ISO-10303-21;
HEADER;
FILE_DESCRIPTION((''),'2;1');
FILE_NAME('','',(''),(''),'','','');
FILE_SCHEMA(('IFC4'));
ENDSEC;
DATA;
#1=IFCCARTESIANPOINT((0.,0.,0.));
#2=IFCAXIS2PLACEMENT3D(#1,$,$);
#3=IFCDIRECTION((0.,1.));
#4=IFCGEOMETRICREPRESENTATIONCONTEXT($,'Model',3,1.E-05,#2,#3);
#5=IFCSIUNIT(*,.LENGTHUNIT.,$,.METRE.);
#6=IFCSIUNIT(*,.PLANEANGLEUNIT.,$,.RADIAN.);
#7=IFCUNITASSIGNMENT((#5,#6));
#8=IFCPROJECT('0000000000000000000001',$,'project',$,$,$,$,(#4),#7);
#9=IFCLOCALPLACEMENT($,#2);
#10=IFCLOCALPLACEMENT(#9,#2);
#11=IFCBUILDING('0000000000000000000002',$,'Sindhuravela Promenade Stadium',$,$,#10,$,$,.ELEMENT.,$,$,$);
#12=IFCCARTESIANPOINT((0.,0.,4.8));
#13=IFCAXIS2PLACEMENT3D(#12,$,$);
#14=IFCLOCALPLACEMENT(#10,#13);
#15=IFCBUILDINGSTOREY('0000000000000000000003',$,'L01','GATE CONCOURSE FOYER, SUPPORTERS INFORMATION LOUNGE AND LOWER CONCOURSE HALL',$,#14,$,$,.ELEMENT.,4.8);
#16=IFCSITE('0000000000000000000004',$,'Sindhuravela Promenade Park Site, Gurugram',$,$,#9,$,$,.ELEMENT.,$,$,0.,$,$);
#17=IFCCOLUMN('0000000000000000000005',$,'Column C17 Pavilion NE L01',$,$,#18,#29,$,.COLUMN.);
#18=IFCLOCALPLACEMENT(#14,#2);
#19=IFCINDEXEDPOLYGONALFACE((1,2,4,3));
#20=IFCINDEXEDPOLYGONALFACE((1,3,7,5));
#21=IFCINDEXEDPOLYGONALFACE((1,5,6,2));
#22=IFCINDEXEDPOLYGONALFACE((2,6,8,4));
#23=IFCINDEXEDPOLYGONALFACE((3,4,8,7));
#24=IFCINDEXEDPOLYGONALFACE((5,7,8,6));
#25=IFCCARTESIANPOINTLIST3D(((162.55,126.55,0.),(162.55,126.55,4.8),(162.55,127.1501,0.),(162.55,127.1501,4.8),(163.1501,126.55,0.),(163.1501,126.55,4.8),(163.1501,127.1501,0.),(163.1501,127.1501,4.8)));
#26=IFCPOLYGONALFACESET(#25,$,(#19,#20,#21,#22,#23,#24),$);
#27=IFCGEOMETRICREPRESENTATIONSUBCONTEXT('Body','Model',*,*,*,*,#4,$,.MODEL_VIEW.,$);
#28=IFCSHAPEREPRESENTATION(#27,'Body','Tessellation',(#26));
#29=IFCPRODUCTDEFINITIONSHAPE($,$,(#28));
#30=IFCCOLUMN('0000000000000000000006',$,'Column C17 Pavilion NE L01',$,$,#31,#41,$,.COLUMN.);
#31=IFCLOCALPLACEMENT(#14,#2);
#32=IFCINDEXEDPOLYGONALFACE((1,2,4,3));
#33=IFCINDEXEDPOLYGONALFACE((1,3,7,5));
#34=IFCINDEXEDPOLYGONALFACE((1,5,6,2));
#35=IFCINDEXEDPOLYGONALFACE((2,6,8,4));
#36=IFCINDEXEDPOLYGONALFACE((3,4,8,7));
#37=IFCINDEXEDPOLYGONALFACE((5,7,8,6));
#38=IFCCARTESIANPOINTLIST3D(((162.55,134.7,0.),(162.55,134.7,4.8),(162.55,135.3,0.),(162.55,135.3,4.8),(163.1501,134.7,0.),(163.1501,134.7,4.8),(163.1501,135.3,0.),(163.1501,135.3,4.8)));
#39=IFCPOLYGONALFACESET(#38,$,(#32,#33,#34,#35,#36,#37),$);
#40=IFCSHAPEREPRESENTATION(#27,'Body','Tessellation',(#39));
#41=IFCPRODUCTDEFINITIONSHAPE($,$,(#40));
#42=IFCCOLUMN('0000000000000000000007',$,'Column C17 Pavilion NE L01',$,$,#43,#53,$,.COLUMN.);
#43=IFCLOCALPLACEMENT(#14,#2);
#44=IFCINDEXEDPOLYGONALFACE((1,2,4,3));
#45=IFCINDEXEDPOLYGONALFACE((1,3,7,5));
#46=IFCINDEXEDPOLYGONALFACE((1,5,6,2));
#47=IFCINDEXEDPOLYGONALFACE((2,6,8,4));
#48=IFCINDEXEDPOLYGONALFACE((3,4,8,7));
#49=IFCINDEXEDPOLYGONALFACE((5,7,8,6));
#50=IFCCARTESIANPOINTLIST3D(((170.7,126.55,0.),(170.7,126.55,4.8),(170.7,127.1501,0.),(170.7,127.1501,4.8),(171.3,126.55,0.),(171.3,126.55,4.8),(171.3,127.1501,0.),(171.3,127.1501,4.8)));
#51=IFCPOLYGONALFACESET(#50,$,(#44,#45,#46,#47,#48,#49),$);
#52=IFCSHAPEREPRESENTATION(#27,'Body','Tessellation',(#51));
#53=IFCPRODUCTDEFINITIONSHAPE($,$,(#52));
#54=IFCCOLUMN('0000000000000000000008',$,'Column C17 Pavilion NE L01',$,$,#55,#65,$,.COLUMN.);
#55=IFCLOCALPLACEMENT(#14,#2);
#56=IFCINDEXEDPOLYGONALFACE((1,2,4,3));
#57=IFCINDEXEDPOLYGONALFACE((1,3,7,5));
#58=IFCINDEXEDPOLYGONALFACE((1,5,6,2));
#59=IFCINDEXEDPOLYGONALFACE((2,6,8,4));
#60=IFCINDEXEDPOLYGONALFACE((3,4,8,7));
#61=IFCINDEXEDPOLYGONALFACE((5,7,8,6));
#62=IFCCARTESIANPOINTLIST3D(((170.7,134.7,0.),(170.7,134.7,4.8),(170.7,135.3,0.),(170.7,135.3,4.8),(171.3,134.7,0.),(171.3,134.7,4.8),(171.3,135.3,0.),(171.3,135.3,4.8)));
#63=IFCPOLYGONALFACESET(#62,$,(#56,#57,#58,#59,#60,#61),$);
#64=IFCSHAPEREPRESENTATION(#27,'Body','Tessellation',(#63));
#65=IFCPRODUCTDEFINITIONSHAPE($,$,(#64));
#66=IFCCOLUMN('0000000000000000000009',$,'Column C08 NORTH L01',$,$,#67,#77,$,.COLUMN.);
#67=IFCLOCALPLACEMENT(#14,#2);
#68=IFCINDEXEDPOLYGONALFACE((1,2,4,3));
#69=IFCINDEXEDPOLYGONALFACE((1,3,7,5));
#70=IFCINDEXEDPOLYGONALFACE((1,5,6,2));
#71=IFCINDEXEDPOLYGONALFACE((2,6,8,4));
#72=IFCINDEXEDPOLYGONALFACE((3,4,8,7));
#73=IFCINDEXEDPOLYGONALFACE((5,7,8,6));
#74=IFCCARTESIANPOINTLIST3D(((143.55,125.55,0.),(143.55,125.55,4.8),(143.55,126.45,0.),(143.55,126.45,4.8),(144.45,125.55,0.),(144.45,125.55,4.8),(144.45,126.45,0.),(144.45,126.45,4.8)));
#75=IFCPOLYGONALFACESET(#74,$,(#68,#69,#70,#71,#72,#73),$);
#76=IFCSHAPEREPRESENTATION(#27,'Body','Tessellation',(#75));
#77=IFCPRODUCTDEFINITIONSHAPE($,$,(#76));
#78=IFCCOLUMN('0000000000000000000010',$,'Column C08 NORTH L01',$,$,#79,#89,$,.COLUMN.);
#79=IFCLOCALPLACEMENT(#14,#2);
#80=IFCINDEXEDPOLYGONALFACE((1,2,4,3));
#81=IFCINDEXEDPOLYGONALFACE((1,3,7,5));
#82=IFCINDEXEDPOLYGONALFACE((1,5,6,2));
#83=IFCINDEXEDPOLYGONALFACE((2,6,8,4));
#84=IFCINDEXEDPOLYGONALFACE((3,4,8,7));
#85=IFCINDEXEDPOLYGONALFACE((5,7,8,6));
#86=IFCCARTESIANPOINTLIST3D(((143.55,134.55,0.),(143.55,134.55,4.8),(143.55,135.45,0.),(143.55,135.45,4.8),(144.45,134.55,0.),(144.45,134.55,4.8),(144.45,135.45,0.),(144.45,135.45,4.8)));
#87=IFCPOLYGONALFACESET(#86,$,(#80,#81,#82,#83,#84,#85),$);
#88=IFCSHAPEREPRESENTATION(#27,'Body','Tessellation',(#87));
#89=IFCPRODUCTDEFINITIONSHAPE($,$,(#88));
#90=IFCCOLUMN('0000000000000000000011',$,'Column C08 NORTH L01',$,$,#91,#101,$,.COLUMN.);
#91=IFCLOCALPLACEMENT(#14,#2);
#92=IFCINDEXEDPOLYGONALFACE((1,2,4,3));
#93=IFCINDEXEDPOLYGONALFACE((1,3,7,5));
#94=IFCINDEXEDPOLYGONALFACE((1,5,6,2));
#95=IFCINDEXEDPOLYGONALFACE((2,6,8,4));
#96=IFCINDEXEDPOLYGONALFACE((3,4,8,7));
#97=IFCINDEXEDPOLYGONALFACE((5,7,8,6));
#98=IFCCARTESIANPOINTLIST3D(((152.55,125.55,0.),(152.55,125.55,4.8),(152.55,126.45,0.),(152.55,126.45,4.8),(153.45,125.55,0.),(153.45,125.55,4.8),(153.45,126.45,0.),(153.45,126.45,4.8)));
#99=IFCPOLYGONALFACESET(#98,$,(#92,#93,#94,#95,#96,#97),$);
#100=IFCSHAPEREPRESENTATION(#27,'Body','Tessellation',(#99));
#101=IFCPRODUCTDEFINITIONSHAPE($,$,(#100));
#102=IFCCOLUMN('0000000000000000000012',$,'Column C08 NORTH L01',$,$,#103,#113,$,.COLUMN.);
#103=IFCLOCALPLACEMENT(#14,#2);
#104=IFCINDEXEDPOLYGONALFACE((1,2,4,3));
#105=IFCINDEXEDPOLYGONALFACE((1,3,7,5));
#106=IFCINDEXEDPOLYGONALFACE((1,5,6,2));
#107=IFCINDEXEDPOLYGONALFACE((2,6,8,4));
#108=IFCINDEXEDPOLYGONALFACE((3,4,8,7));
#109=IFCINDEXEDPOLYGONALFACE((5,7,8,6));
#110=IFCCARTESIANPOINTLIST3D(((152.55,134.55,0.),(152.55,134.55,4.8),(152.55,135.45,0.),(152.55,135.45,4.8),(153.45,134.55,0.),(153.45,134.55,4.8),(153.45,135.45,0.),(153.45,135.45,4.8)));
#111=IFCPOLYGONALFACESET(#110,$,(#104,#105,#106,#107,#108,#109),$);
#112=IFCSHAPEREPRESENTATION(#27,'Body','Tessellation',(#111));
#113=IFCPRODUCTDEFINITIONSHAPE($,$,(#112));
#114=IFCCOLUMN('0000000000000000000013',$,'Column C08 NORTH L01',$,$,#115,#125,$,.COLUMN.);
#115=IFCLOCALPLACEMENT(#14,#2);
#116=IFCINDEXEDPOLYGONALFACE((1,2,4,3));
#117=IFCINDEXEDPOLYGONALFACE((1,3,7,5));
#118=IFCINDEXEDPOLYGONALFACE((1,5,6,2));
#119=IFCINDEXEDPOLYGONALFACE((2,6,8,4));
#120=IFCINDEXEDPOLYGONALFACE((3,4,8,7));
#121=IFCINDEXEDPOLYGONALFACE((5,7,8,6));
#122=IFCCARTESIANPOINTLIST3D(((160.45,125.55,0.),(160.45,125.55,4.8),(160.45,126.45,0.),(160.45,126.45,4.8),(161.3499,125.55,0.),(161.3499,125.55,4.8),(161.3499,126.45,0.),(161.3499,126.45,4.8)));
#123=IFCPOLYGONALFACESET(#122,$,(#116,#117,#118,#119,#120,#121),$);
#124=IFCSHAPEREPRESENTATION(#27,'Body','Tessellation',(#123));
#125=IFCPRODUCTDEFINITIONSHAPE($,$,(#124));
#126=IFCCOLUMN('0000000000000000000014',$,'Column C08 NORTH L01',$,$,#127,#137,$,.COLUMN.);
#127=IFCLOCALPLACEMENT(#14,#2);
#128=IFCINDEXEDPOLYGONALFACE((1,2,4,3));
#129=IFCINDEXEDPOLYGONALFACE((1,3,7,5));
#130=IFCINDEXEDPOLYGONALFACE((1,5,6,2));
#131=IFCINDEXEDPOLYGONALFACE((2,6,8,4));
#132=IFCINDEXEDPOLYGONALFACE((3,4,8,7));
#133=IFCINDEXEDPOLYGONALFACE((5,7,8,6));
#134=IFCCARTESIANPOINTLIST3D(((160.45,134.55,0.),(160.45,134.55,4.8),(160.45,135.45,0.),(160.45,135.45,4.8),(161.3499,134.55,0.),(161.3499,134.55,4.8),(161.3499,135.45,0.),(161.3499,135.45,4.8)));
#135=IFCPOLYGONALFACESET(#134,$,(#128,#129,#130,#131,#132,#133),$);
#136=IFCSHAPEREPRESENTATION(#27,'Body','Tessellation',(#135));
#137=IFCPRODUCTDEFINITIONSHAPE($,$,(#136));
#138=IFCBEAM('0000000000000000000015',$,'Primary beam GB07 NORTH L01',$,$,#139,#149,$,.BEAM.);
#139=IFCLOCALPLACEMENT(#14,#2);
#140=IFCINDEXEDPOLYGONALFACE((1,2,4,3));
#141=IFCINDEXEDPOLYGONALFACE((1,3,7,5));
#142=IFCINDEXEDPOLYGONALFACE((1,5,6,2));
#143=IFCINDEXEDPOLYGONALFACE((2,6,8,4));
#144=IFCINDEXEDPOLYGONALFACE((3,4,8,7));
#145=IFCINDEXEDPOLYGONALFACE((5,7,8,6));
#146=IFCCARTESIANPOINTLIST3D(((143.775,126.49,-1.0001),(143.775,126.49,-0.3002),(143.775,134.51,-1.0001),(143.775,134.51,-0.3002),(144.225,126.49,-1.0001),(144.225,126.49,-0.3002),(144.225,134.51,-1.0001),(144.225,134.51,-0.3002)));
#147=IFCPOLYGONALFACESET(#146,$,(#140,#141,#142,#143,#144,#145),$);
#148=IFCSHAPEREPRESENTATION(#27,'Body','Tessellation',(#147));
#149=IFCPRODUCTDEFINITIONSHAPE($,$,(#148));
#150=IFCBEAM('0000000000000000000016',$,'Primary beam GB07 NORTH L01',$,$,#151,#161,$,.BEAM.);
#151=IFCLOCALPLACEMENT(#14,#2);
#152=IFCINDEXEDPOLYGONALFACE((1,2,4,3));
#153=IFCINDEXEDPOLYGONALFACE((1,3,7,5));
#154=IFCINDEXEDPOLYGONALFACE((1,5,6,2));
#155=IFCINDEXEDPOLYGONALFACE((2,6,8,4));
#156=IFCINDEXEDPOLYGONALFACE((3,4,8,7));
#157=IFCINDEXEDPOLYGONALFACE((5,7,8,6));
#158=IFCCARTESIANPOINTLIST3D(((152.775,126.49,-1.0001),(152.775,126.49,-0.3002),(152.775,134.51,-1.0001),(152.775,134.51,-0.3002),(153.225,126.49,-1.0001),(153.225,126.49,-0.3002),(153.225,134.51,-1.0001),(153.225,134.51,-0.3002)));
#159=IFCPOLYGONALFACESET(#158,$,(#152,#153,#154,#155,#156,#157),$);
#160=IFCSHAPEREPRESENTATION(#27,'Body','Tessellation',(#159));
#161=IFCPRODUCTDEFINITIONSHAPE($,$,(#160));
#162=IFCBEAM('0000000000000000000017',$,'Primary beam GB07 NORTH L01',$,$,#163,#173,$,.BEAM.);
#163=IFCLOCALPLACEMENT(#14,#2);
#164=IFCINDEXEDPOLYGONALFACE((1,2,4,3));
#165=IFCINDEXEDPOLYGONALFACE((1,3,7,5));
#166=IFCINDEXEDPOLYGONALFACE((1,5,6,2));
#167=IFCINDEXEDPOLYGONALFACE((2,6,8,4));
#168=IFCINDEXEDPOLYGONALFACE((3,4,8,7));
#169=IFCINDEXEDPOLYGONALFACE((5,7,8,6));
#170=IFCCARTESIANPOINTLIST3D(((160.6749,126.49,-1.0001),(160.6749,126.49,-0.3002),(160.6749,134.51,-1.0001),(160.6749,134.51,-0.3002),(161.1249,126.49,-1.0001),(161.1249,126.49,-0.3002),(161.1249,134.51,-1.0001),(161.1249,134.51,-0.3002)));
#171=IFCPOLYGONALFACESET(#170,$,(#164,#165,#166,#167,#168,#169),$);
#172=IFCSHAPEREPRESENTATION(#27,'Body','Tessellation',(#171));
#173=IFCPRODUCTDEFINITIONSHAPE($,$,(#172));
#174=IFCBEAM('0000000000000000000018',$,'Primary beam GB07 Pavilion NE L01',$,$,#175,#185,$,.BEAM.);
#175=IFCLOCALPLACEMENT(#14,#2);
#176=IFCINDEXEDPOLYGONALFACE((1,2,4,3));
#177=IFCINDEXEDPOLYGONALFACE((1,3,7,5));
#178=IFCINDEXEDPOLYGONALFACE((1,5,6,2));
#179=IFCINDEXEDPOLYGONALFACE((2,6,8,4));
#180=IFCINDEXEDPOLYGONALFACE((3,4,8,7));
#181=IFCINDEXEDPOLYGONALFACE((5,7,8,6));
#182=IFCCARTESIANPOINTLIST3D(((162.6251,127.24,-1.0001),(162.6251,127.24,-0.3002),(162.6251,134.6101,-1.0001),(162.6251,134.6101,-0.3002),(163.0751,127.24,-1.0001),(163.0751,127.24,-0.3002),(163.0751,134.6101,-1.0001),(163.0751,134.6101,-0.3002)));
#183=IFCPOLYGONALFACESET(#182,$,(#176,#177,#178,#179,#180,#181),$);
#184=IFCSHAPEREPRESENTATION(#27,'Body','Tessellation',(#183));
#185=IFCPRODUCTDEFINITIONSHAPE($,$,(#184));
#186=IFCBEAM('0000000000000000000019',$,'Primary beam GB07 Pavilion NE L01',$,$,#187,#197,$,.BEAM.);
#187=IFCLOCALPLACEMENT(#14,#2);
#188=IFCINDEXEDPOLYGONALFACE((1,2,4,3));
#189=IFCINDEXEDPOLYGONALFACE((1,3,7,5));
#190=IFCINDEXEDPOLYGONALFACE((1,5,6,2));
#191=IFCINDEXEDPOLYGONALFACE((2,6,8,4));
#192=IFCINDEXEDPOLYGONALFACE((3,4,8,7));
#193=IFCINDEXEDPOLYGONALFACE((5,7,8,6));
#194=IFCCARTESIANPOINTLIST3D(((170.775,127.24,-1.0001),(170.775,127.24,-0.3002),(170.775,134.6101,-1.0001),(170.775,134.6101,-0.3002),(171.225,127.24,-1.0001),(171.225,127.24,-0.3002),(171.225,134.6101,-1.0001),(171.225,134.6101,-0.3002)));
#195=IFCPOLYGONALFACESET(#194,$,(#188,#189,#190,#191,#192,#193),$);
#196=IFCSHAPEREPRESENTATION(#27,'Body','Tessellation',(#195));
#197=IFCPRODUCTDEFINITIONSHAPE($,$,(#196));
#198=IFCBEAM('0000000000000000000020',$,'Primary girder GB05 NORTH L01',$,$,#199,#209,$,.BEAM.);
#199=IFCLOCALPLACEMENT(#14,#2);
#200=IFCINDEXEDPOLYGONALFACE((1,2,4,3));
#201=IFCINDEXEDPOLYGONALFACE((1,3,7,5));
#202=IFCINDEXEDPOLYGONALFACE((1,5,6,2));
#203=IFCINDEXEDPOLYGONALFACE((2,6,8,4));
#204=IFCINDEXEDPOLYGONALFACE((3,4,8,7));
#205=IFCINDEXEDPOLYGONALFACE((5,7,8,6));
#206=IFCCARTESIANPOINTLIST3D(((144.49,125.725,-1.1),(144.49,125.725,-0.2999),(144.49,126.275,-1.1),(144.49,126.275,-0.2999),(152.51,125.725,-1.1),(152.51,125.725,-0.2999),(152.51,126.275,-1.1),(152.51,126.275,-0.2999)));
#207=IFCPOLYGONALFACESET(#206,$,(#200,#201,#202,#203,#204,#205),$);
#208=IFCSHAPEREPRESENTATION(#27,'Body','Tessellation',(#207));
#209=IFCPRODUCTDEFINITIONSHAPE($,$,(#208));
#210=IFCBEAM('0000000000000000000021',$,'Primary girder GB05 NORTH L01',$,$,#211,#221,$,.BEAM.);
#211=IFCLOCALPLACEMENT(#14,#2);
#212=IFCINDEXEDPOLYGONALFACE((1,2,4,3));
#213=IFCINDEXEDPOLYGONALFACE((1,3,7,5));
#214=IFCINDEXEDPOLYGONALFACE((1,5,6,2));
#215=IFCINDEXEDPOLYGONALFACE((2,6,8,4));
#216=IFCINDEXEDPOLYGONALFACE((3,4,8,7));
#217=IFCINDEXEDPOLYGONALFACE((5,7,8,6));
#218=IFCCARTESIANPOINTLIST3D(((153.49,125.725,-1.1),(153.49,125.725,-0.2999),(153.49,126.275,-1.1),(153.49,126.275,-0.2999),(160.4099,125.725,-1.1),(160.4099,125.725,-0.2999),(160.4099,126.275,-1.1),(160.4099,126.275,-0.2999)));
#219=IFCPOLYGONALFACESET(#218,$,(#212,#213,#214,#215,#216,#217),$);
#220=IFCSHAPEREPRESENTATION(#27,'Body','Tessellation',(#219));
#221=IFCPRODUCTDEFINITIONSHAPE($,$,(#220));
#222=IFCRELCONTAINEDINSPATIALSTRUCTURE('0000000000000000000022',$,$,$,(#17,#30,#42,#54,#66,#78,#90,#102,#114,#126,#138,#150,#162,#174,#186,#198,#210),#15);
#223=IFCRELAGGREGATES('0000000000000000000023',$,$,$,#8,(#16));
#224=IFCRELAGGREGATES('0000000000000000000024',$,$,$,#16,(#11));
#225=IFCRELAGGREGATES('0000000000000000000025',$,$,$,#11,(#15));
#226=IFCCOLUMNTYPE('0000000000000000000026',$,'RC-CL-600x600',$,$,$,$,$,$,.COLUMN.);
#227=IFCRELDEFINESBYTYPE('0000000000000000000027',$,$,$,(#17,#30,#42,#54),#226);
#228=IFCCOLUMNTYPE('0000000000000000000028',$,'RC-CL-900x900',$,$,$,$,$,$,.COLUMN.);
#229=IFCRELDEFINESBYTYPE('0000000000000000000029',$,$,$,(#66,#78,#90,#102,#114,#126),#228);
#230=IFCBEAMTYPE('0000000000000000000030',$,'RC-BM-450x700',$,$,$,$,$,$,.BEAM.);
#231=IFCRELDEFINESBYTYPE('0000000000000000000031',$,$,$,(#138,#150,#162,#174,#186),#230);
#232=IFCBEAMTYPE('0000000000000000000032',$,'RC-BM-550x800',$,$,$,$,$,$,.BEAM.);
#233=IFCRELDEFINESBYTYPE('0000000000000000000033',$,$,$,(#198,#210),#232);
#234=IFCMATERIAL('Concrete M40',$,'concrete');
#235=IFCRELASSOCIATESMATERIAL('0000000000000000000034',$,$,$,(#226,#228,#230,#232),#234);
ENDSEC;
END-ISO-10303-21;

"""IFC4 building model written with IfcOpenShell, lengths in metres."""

from ifc_helpers import new_model, si_unit, direction, frame, origin, origin_2d, place, context, subcontext, project, spatial, rectangle, extrude, material, material_profile, profile_set, type_object, element, save


model = new_model("IFC4")

# Units and contexts
model_context = context("Model", 3, precision=1e-05, world=origin(), true_north=direction((0.0, 1.0)))
body_context = subcontext(model_context, "Body", "Model", "MODEL_VIEW")
ifc_project = project(units=[si_unit("LENGTHUNIT", "METRE"), si_unit("PLANEANGLEUNIT", "RADIAN")], contexts=[model_context])

# Site, building, storey
site_placement = place(None, origin())
site = spatial("IfcSite", under=ifc_project, at=site_placement, Name="Sindhuravela Promenade Park Site, Gurugram", CompositionType="ELEMENT", RefElevation=0.0)
building_placement = place(site_placement, origin())
building = spatial("IfcBuilding", under=site, at=building_placement, Name="Sindhuravela Promenade Stadium", CompositionType="ELEMENT")
storey_placement = place(building_placement, frame((0.0, 0.0, 4.8)))
storey = spatial("IfcBuildingStorey", under=building, at=storey_placement, Name="L01", Description="GATE CONCOURSE FOYER, SUPPORTERS INFORMATION LOUNGE AND LOWER CONCOURSE HALL", CompositionType="ELEMENT", Elevation=4.8)

# Columns
ifc_material_1 = material(Name="Concrete M40", Category="concrete")
ifc_material_profile_1 = material_profile(ifc_material_1, rectangle(XDim=0.6001, YDim=0.6001, at=origin_2d()), Name="RC 600x600")
ifc_profile_set_1 = profile_set([ifc_material_profile_1], Name="Concrete M40")
column_type_1 = type_object("IfcColumnType", Name="RC-CL-600x600", PredefinedType="COLUMN", material=ifc_profile_set_1)
for number, where, z_axis, x_axis, name in (
    (1, (162.8501, 126.8501, 0.0), (0.0, 0.0, 1.0), (1.0, 0.0, 0.0), "Column C17 Pavilion NE L01"),
    (2, (162.8501, 135.0, 0.0), (0.0, 0.0, 1.0), (1.0, 0.0, 0.0), "Column C17 Pavilion NE L01"),
    (3, (171.0, 126.8501, 0.0), (0.0, 0.0, 1.0), (1.0, 0.0, 0.0), "Column C17 Pavilion NE L01"),
    (4, (171.0, 135.0, 0.0), (0.0, 0.0, 1.0), (1.0, 0.0, 0.0), "Column C17 Pavilion NE L01"),
):
    element("IfcColumn", number, at=place(storey_placement, frame(where, z_axis=z_axis, x_axis=x_axis)), inside=storey, type_object=column_type_1, Name=name, PredefinedType="COLUMN", context=body_context, shape_type="SweptSolid", body=[
        extrude(rectangle(XDim=0.6001, YDim=0.6001, at=origin_2d()), origin(), (0.0, 0.0, 1.0), 4.8),
    ])
ifc_material_profile_2 = material_profile(ifc_material_1, rectangle(XDim=0.8999, YDim=0.8999, at=origin_2d()), Name="RC 900x900")
ifc_profile_set_2 = profile_set([ifc_material_profile_2], Name="Concrete M40")
column_type_2 = type_object("IfcColumnType", Name="RC-CL-900x900", PredefinedType="COLUMN", material=ifc_profile_set_2)
for number, where, z_axis, x_axis, name in (
    (5, (144.0, 126.0, 0.0), (0.0, 0.0, 1.0), (1.0, 0.0, 0.0), "Column C08 NORTH L01"),
    (6, (144.0, 135.0, 0.0), (0.0, 0.0, 1.0), (1.0, 0.0, 0.0), "Column C08 NORTH L01"),
    (7, (153.0, 126.0, 0.0), (0.0, 0.0, 1.0), (1.0, 0.0, 0.0), "Column C08 NORTH L01"),
    (8, (153.0, 135.0, 0.0), (0.0, 0.0, 1.0), (1.0, 0.0, 0.0), "Column C08 NORTH L01"),
    (9, (160.8999, 126.0, 0.0), (0.0, 0.0, 1.0), (1.0, 0.0, 0.0), "Column C08 NORTH L01"),
    (10, (160.8999, 135.0, 0.0), (0.0, 0.0, 1.0), (1.0, 0.0, 0.0), "Column C08 NORTH L01"),
):
    element("IfcColumn", number, at=place(storey_placement, frame(where, z_axis=z_axis, x_axis=x_axis)), inside=storey, type_object=column_type_2, Name=name, PredefinedType="COLUMN", context=body_context, shape_type="SweptSolid", body=[
        extrude(rectangle(XDim=0.8999, YDim=0.8999, at=origin_2d()), origin(), (0.0, 0.0, 1.0), 4.8),
    ])

# Beams
ifc_material_profile_3 = material_profile(ifc_material_1, rectangle(XDim=0.45, YDim=0.7, at=origin_2d()), Name="RC 450x700")
ifc_profile_set_3 = profile_set([ifc_material_profile_3], Name="Concrete M40")
beam_type_1 = type_object("IfcBeamType", Name="RC-BM-450x700", PredefinedType="BEAM", material=ifc_profile_set_3)
for number, where, z_axis, x_axis, name in (
    (11, (144.0, 126.49, -0.6501), (0.0, 1.0, 0.0), (-1.0, 0.0, 0.0), "Primary beam GB07 NORTH L01"),
    (12, (153.0, 126.49, -0.6501), (0.0, 1.0, 0.0), (-1.0, 0.0, 0.0), "Primary beam GB07 NORTH L01"),
    (13, (160.8999, 126.49, -0.6501), (0.0, 1.0, 0.0), (-1.0, 0.0, 0.0), "Primary beam GB07 NORTH L01"),
):
    element("IfcBeam", number, at=place(storey_placement, frame(where, z_axis=z_axis, x_axis=x_axis)), inside=storey, type_object=beam_type_1, Name=name, PredefinedType="BEAM", context=body_context, shape_type="SweptSolid", body=[
        extrude(rectangle(XDim=0.45, YDim=0.7, at=origin_2d()), origin(), (0.0, 0.0, 1.0), 8.02),
    ])
for number, where, z_axis, x_axis, name in (
    (14, (162.8501, 127.24, -0.6501), (0.0, 1.0, 0.0), (-1.0, 0.0, 0.0), "Primary beam GB07 Pavilion NE L01"),
    (15, (171.0, 127.24, -0.6501), (0.0, 1.0, 0.0), (-1.0, 0.0, 0.0), "Primary beam GB07 Pavilion NE L01"),
):
    element("IfcBeam", number, at=place(storey_placement, frame(where, z_axis=z_axis, x_axis=x_axis)), inside=storey, type_object=beam_type_1, Name=name, PredefinedType="BEAM", context=body_context, shape_type="SweptSolid", body=[
        extrude(rectangle(XDim=0.45, YDim=0.7, at=origin_2d()), origin(), (0.0, 0.0, 1.0), 7.3701),
    ])
ifc_material_profile_4 = material_profile(ifc_material_1, rectangle(XDim=0.55, YDim=0.8, at=origin_2d()), Name="RC 550x800")
ifc_profile_set_4 = profile_set([ifc_material_profile_4], Name="Concrete M40")
beam_type_2 = type_object("IfcBeamType", Name="RC-BM-550x800", PredefinedType="BEAM", material=ifc_profile_set_4)
beam_1_placement = place(storey_placement, frame((144.49, 126.0, -0.7), z_axis=(1.0, 0.0, 0.0), x_axis=(0.0, 1.0, 0.0)))
element("IfcBeam", 16, at=beam_1_placement, inside=storey, type_object=beam_type_2, Name="Primary girder GB05 NORTH L01", PredefinedType="BEAM", context=body_context, shape_type="SweptSolid", body=[
    extrude(rectangle(XDim=0.55, YDim=0.8, at=origin_2d()), origin(), (0.0, 0.0, 1.0), 8.02),
])
beam_2_placement = place(storey_placement, frame((153.49, 126.0, -0.7), z_axis=(1.0, 0.0, 0.0), x_axis=(0.0, 1.0, 0.0)))
element("IfcBeam", 17, at=beam_2_placement, inside=storey, type_object=beam_type_2, Name="Primary girder GB05 NORTH L01", PredefinedType="BEAM", context=body_context, shape_type="SweptSolid", body=[
    extrude(rectangle(XDim=0.55, YDim=0.8, at=origin_2d()), origin(), (0.0, 0.0, 1.0), 6.9199),
])

save(model, "model.ifc")
